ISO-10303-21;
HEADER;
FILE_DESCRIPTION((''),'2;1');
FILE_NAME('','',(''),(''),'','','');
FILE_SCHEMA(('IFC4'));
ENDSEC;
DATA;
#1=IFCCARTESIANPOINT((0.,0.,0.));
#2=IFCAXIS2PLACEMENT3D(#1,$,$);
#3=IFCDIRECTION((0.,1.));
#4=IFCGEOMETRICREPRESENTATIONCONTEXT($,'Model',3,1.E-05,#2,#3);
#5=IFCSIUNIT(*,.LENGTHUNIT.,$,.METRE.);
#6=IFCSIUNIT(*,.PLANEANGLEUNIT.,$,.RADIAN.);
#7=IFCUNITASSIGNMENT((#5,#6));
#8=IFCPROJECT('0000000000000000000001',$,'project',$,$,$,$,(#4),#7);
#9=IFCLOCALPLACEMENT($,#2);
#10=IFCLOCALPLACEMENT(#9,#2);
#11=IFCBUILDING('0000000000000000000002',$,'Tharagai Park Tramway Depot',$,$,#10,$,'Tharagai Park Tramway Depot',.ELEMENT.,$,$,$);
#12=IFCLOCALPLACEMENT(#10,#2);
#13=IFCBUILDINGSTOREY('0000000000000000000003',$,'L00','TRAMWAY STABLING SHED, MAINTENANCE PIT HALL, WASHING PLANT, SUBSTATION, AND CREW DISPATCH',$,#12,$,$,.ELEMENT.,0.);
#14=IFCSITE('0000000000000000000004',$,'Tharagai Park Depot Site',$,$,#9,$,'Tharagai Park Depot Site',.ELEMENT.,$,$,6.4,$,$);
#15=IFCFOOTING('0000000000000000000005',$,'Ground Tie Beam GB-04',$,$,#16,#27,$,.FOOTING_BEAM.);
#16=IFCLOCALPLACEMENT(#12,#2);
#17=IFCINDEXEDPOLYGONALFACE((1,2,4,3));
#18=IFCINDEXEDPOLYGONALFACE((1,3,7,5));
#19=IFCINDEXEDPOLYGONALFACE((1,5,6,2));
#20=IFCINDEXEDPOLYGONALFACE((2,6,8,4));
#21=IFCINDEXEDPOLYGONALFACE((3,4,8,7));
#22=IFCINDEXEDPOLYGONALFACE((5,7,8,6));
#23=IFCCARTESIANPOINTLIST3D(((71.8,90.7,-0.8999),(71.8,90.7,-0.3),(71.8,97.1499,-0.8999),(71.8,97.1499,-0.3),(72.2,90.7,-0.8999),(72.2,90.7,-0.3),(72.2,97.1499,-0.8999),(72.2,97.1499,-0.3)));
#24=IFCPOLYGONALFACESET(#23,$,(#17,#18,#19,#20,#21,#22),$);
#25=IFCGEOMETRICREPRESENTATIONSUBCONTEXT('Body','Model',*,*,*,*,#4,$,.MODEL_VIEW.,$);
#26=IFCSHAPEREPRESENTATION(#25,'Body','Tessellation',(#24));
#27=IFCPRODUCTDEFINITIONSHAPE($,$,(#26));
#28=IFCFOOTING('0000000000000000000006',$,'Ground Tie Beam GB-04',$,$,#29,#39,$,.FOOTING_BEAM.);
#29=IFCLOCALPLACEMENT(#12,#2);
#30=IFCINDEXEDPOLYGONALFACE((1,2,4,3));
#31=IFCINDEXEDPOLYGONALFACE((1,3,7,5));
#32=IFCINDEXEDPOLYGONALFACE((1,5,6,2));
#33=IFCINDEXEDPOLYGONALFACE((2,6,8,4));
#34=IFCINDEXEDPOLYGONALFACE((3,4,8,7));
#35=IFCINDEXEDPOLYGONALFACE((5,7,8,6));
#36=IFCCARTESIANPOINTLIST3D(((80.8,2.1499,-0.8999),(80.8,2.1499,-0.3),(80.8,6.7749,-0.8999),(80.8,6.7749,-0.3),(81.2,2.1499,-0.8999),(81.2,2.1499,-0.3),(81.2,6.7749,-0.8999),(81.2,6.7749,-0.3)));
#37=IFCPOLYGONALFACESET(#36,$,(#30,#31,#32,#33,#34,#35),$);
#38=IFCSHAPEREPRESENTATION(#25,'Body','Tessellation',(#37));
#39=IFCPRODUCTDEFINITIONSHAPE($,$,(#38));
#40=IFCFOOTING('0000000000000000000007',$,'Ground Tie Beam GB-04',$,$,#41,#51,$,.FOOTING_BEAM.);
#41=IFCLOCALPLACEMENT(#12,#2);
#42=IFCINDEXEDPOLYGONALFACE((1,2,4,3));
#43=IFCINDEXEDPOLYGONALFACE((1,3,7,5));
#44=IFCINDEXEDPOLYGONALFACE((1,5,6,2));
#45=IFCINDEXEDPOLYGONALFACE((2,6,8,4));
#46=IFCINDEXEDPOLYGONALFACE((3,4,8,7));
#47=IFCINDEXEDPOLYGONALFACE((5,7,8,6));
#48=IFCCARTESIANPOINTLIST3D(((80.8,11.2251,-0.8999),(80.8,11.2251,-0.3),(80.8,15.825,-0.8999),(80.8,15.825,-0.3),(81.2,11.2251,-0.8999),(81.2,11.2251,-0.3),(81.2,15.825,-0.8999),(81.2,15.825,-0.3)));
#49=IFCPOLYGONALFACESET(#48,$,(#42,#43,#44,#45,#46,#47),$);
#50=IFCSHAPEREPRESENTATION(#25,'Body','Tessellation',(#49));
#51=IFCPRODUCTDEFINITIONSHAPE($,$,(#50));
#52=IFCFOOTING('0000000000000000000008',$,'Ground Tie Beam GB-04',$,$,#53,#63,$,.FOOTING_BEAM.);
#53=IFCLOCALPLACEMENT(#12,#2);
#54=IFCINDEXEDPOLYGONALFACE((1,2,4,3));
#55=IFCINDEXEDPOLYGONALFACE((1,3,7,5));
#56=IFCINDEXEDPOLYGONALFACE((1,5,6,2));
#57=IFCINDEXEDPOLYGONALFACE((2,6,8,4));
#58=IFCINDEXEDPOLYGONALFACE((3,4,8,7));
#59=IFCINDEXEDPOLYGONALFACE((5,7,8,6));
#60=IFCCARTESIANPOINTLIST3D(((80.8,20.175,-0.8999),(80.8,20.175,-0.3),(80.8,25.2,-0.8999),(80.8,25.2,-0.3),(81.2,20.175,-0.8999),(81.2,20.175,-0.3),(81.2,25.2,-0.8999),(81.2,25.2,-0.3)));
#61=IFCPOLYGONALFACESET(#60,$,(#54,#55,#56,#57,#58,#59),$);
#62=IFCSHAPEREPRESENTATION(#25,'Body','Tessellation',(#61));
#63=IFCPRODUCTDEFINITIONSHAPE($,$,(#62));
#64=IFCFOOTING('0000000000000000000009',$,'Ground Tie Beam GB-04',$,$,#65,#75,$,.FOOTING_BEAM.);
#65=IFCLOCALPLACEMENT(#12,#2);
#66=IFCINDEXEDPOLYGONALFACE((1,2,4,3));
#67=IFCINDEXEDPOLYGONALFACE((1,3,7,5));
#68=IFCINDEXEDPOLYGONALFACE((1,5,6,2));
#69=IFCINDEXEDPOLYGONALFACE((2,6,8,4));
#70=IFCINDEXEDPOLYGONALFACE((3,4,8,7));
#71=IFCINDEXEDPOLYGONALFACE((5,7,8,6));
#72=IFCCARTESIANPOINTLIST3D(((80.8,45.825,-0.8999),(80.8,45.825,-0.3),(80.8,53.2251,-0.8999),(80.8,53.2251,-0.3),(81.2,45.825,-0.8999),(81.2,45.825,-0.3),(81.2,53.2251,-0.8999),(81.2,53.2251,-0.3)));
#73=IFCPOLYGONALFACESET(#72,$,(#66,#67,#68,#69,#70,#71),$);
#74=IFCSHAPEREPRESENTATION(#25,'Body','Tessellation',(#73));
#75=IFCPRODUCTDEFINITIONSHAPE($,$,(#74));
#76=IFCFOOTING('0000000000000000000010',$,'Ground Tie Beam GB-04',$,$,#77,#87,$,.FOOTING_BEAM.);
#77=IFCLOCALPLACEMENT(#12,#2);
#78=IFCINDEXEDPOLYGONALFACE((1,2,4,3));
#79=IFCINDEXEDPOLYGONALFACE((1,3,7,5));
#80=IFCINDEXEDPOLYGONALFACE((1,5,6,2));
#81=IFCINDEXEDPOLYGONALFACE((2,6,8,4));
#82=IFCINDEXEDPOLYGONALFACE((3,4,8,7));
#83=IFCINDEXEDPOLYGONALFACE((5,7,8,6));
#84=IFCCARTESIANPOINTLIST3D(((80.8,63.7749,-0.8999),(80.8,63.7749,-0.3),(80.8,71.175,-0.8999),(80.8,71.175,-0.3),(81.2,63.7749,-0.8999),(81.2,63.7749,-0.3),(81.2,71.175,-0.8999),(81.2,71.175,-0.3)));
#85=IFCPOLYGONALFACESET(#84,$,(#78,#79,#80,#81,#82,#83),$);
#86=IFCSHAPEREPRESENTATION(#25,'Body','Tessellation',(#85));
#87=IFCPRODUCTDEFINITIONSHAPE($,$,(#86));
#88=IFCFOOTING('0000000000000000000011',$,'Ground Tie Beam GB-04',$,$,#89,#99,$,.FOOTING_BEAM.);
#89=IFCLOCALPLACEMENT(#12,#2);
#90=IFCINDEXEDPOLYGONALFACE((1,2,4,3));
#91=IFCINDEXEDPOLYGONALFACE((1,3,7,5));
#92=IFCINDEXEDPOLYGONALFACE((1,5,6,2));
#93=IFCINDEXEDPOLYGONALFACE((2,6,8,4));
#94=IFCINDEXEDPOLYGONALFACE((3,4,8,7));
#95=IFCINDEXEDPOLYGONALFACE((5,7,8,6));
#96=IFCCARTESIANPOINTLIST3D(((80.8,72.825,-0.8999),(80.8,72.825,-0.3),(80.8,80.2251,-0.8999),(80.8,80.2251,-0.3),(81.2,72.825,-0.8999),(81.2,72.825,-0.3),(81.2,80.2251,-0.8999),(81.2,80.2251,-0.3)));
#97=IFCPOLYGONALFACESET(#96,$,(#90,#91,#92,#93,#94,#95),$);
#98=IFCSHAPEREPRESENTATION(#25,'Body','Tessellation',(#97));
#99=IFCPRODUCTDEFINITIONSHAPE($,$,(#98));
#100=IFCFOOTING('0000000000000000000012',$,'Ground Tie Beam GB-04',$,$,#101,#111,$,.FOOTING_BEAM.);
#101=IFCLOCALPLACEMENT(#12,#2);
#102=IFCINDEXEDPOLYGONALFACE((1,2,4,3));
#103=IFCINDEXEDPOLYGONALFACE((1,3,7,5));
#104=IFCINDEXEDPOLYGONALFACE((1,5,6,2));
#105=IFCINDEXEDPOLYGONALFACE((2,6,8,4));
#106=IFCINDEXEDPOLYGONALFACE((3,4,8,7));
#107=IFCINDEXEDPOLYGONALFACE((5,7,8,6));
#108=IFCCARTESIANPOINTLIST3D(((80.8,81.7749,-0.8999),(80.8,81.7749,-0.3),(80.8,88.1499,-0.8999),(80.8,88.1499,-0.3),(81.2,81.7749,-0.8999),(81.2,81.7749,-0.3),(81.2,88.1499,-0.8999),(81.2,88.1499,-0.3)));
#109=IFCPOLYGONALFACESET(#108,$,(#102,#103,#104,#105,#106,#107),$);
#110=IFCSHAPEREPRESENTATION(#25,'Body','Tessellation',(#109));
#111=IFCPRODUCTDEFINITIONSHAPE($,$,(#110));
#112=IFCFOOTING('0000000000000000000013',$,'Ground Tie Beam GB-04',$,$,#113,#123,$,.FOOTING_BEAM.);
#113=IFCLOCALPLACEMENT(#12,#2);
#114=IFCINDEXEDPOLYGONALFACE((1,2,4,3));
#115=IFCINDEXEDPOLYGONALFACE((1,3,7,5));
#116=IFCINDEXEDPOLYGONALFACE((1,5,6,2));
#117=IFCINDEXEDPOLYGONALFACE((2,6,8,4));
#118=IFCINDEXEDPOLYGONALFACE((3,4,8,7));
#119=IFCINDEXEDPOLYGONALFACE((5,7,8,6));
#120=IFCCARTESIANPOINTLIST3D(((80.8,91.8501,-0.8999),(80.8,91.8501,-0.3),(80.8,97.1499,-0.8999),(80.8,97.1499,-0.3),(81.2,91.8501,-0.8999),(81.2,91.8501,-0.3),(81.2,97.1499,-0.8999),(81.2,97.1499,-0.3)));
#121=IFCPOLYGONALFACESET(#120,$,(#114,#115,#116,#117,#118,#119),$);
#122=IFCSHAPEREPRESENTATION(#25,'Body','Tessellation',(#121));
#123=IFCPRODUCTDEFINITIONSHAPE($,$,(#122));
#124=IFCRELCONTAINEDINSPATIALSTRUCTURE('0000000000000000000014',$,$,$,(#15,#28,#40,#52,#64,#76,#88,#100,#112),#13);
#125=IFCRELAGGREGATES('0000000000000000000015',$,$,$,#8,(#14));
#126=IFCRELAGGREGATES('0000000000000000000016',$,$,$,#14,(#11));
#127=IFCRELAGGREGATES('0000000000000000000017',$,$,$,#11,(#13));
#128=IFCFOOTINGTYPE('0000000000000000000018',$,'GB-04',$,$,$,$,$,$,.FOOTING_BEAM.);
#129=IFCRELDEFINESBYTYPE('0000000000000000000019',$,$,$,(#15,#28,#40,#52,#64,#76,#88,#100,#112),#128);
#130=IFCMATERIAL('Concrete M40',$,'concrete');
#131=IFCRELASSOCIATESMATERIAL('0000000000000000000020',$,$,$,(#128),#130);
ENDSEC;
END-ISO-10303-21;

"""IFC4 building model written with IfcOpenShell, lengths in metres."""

from ifc_helpers import new_model, si_unit, direction, frame, origin, place, context, subcontext, project, spatial, polyline, outline, extrude, material, type_object, element, save


model = new_model("IFC4")

# Units and contexts
model_context = context("Model", 3, precision=1e-05, world=origin(), true_north=direction((0.0, 1.0)))
body_context = subcontext(model_context, "Body", "Model", "MODEL_VIEW")
ifc_project = project(units=[si_unit("LENGTHUNIT", "METRE"), si_unit("PLANEANGLEUNIT", "RADIAN")], contexts=[model_context])

# Site, building, storey
site_placement = place(None, origin())
site = spatial("IfcSite", under=ifc_project, at=site_placement, Name="Tharagai Park Depot Site", LongName="Tharagai Park Depot Site", CompositionType="ELEMENT", RefElevation=6.4)
building_placement = place(site_placement, origin())
building = spatial("IfcBuilding", under=site, at=building_placement, Name="Tharagai Park Tramway Depot", LongName="Tharagai Park Tramway Depot", CompositionType="ELEMENT")
storey_placement = place(building_placement, origin())
storey = spatial("IfcBuildingStorey", under=building, at=storey_placement, Name="L00", Description="TRAMWAY STABLING SHED, MAINTENANCE PIT HALL, WASHING PLANT, SUBSTATION, AND CREW DISPATCH", CompositionType="ELEMENT", Elevation=0.0)

# Footings
ifc_material = material(Name="Concrete M40", Category="concrete")
footing_type = type_object("IfcFootingType", Name="GB-04", PredefinedType="FOOTING_BEAM", material=ifc_material)
footing_1_placement = place(storey_placement, frame((0.0, 0.0, -0.8999)))
element("IfcFooting", 1, at=footing_1_placement, inside=storey, type_object=footing_type, Name="Ground Tie Beam GB-04", PredefinedType="FOOTING_BEAM", context=body_context, shape_type="SweptSolid", body=[
    extrude(outline(polyline([(71.8, 90.7), (72.2, 90.7), (72.2, 97.1499), (71.8, 97.1499), (71.8, 90.7)])), origin(), (0.0, 0.0, 1.0), 0.5999),
])
footing_2_placement = place(storey_placement, frame((0.0, 0.0, -0.8999)))
element("IfcFooting", 2, at=footing_2_placement, inside=storey, type_object=footing_type, Name="Ground Tie Beam GB-04", PredefinedType="FOOTING_BEAM", context=body_context, shape_type="SweptSolid", body=[
    extrude(outline(polyline([(80.8, 2.1499), (81.2, 2.1499), (81.2, 6.7749), (80.8, 6.7749), (80.8, 2.1499)])), origin(), (0.0, 0.0, 1.0), 0.5999),
])
footing_3_placement = place(storey_placement, frame((0.0, 0.0, -0.8999)))
element("IfcFooting", 3, at=footing_3_placement, inside=storey, type_object=footing_type, Name="Ground Tie Beam GB-04", PredefinedType="FOOTING_BEAM", context=body_context, shape_type="SweptSolid", body=[
    extrude(outline(polyline([(80.8, 11.2251), (81.2, 11.2251), (81.2, 15.825), (80.8, 15.825), (80.8, 11.2251)])), origin(), (0.0, 0.0, 1.0), 0.5999),
])
footing_4_placement = place(storey_placement, frame((0.0, 0.0, -0.8999)))
element("IfcFooting", 4, at=footing_4_placement, inside=storey, type_object=footing_type, Name="Ground Tie Beam GB-04", PredefinedType="FOOTING_BEAM", context=body_context, shape_type="SweptSolid", body=[
    extrude(outline(polyline([(80.8, 20.175), (81.2, 20.175), (81.2, 25.2), (80.8, 25.2), (80.8, 20.175)])), origin(), (0.0, 0.0, 1.0), 0.5999),
])
footing_5_placement = place(storey_placement, frame((0.0, 0.0, -0.8999)))
element("IfcFooting", 5, at=footing_5_placement, inside=storey, type_object=footing_type, Name="Ground Tie Beam GB-04", PredefinedType="FOOTING_BEAM", context=body_context, shape_type="SweptSolid", body=[
    extrude(outline(polyline([(80.8, 45.825), (81.2, 45.825), (81.2, 53.2251), (80.8, 53.2251), (80.8, 45.825)])), origin(), (0.0, 0.0, 1.0), 0.5999),
])
footing_6_placement = place(storey_placement, frame((0.0, 0.0, -0.8999)))
element("IfcFooting", 6, at=footing_6_placement, inside=storey, type_object=footing_type, Name="Ground Tie Beam GB-04", PredefinedType="FOOTING_BEAM", context=body_context, shape_type="SweptSolid", body=[
    extrude(outline(polyline([(80.8, 63.7749), (81.2, 63.7749), (81.2, 71.175), (80.8, 71.175), (80.8, 63.7749)])), origin(), (0.0, 0.0, 1.0), 0.5999),
])
footing_7_placement = place(storey_placement, frame((0.0, 0.0, -0.8999)))
element("IfcFooting", 7, at=footing_7_placement, inside=storey, type_object=footing_type, Name="Ground Tie Beam GB-04", PredefinedType="FOOTING_BEAM", context=body_context, shape_type="SweptSolid", body=[
    extrude(outline(polyline([(80.8, 72.825), (81.2, 72.825), (81.2, 80.2251), (80.8, 80.2251), (80.8, 72.825)])), origin(), (0.0, 0.0, 1.0), 0.5999),
])
footing_8_placement = place(storey_placement, frame((0.0, 0.0, -0.8999)))
element("IfcFooting", 8, at=footing_8_placement, inside=storey, type_object=footing_type, Name="Ground Tie Beam GB-04", PredefinedType="FOOTING_BEAM", context=body_context, shape_type="SweptSolid", body=[
    extrude(outline(polyline([(80.8, 81.7749), (81.2, 81.7749), (81.2, 88.1499), (80.8, 88.1499), (80.8, 81.7749)])), origin(), (0.0, 0.0, 1.0), 0.5999),
])
footing_9_placement = place(storey_placement, frame((0.0, 0.0, -0.8999)))
element("IfcFooting", 9, at=footing_9_placement, inside=storey, type_object=footing_type, Name="Ground Tie Beam GB-04", PredefinedType="FOOTING_BEAM", context=body_context, shape_type="SweptSolid", body=[
    extrude(outline(polyline([(80.8, 91.8501), (81.2, 91.8501), (81.2, 97.1499), (80.8, 97.1499), (80.8, 91.8501)])), origin(), (0.0, 0.0, 1.0), 0.5999),
])

save(model, "model.ifc")
